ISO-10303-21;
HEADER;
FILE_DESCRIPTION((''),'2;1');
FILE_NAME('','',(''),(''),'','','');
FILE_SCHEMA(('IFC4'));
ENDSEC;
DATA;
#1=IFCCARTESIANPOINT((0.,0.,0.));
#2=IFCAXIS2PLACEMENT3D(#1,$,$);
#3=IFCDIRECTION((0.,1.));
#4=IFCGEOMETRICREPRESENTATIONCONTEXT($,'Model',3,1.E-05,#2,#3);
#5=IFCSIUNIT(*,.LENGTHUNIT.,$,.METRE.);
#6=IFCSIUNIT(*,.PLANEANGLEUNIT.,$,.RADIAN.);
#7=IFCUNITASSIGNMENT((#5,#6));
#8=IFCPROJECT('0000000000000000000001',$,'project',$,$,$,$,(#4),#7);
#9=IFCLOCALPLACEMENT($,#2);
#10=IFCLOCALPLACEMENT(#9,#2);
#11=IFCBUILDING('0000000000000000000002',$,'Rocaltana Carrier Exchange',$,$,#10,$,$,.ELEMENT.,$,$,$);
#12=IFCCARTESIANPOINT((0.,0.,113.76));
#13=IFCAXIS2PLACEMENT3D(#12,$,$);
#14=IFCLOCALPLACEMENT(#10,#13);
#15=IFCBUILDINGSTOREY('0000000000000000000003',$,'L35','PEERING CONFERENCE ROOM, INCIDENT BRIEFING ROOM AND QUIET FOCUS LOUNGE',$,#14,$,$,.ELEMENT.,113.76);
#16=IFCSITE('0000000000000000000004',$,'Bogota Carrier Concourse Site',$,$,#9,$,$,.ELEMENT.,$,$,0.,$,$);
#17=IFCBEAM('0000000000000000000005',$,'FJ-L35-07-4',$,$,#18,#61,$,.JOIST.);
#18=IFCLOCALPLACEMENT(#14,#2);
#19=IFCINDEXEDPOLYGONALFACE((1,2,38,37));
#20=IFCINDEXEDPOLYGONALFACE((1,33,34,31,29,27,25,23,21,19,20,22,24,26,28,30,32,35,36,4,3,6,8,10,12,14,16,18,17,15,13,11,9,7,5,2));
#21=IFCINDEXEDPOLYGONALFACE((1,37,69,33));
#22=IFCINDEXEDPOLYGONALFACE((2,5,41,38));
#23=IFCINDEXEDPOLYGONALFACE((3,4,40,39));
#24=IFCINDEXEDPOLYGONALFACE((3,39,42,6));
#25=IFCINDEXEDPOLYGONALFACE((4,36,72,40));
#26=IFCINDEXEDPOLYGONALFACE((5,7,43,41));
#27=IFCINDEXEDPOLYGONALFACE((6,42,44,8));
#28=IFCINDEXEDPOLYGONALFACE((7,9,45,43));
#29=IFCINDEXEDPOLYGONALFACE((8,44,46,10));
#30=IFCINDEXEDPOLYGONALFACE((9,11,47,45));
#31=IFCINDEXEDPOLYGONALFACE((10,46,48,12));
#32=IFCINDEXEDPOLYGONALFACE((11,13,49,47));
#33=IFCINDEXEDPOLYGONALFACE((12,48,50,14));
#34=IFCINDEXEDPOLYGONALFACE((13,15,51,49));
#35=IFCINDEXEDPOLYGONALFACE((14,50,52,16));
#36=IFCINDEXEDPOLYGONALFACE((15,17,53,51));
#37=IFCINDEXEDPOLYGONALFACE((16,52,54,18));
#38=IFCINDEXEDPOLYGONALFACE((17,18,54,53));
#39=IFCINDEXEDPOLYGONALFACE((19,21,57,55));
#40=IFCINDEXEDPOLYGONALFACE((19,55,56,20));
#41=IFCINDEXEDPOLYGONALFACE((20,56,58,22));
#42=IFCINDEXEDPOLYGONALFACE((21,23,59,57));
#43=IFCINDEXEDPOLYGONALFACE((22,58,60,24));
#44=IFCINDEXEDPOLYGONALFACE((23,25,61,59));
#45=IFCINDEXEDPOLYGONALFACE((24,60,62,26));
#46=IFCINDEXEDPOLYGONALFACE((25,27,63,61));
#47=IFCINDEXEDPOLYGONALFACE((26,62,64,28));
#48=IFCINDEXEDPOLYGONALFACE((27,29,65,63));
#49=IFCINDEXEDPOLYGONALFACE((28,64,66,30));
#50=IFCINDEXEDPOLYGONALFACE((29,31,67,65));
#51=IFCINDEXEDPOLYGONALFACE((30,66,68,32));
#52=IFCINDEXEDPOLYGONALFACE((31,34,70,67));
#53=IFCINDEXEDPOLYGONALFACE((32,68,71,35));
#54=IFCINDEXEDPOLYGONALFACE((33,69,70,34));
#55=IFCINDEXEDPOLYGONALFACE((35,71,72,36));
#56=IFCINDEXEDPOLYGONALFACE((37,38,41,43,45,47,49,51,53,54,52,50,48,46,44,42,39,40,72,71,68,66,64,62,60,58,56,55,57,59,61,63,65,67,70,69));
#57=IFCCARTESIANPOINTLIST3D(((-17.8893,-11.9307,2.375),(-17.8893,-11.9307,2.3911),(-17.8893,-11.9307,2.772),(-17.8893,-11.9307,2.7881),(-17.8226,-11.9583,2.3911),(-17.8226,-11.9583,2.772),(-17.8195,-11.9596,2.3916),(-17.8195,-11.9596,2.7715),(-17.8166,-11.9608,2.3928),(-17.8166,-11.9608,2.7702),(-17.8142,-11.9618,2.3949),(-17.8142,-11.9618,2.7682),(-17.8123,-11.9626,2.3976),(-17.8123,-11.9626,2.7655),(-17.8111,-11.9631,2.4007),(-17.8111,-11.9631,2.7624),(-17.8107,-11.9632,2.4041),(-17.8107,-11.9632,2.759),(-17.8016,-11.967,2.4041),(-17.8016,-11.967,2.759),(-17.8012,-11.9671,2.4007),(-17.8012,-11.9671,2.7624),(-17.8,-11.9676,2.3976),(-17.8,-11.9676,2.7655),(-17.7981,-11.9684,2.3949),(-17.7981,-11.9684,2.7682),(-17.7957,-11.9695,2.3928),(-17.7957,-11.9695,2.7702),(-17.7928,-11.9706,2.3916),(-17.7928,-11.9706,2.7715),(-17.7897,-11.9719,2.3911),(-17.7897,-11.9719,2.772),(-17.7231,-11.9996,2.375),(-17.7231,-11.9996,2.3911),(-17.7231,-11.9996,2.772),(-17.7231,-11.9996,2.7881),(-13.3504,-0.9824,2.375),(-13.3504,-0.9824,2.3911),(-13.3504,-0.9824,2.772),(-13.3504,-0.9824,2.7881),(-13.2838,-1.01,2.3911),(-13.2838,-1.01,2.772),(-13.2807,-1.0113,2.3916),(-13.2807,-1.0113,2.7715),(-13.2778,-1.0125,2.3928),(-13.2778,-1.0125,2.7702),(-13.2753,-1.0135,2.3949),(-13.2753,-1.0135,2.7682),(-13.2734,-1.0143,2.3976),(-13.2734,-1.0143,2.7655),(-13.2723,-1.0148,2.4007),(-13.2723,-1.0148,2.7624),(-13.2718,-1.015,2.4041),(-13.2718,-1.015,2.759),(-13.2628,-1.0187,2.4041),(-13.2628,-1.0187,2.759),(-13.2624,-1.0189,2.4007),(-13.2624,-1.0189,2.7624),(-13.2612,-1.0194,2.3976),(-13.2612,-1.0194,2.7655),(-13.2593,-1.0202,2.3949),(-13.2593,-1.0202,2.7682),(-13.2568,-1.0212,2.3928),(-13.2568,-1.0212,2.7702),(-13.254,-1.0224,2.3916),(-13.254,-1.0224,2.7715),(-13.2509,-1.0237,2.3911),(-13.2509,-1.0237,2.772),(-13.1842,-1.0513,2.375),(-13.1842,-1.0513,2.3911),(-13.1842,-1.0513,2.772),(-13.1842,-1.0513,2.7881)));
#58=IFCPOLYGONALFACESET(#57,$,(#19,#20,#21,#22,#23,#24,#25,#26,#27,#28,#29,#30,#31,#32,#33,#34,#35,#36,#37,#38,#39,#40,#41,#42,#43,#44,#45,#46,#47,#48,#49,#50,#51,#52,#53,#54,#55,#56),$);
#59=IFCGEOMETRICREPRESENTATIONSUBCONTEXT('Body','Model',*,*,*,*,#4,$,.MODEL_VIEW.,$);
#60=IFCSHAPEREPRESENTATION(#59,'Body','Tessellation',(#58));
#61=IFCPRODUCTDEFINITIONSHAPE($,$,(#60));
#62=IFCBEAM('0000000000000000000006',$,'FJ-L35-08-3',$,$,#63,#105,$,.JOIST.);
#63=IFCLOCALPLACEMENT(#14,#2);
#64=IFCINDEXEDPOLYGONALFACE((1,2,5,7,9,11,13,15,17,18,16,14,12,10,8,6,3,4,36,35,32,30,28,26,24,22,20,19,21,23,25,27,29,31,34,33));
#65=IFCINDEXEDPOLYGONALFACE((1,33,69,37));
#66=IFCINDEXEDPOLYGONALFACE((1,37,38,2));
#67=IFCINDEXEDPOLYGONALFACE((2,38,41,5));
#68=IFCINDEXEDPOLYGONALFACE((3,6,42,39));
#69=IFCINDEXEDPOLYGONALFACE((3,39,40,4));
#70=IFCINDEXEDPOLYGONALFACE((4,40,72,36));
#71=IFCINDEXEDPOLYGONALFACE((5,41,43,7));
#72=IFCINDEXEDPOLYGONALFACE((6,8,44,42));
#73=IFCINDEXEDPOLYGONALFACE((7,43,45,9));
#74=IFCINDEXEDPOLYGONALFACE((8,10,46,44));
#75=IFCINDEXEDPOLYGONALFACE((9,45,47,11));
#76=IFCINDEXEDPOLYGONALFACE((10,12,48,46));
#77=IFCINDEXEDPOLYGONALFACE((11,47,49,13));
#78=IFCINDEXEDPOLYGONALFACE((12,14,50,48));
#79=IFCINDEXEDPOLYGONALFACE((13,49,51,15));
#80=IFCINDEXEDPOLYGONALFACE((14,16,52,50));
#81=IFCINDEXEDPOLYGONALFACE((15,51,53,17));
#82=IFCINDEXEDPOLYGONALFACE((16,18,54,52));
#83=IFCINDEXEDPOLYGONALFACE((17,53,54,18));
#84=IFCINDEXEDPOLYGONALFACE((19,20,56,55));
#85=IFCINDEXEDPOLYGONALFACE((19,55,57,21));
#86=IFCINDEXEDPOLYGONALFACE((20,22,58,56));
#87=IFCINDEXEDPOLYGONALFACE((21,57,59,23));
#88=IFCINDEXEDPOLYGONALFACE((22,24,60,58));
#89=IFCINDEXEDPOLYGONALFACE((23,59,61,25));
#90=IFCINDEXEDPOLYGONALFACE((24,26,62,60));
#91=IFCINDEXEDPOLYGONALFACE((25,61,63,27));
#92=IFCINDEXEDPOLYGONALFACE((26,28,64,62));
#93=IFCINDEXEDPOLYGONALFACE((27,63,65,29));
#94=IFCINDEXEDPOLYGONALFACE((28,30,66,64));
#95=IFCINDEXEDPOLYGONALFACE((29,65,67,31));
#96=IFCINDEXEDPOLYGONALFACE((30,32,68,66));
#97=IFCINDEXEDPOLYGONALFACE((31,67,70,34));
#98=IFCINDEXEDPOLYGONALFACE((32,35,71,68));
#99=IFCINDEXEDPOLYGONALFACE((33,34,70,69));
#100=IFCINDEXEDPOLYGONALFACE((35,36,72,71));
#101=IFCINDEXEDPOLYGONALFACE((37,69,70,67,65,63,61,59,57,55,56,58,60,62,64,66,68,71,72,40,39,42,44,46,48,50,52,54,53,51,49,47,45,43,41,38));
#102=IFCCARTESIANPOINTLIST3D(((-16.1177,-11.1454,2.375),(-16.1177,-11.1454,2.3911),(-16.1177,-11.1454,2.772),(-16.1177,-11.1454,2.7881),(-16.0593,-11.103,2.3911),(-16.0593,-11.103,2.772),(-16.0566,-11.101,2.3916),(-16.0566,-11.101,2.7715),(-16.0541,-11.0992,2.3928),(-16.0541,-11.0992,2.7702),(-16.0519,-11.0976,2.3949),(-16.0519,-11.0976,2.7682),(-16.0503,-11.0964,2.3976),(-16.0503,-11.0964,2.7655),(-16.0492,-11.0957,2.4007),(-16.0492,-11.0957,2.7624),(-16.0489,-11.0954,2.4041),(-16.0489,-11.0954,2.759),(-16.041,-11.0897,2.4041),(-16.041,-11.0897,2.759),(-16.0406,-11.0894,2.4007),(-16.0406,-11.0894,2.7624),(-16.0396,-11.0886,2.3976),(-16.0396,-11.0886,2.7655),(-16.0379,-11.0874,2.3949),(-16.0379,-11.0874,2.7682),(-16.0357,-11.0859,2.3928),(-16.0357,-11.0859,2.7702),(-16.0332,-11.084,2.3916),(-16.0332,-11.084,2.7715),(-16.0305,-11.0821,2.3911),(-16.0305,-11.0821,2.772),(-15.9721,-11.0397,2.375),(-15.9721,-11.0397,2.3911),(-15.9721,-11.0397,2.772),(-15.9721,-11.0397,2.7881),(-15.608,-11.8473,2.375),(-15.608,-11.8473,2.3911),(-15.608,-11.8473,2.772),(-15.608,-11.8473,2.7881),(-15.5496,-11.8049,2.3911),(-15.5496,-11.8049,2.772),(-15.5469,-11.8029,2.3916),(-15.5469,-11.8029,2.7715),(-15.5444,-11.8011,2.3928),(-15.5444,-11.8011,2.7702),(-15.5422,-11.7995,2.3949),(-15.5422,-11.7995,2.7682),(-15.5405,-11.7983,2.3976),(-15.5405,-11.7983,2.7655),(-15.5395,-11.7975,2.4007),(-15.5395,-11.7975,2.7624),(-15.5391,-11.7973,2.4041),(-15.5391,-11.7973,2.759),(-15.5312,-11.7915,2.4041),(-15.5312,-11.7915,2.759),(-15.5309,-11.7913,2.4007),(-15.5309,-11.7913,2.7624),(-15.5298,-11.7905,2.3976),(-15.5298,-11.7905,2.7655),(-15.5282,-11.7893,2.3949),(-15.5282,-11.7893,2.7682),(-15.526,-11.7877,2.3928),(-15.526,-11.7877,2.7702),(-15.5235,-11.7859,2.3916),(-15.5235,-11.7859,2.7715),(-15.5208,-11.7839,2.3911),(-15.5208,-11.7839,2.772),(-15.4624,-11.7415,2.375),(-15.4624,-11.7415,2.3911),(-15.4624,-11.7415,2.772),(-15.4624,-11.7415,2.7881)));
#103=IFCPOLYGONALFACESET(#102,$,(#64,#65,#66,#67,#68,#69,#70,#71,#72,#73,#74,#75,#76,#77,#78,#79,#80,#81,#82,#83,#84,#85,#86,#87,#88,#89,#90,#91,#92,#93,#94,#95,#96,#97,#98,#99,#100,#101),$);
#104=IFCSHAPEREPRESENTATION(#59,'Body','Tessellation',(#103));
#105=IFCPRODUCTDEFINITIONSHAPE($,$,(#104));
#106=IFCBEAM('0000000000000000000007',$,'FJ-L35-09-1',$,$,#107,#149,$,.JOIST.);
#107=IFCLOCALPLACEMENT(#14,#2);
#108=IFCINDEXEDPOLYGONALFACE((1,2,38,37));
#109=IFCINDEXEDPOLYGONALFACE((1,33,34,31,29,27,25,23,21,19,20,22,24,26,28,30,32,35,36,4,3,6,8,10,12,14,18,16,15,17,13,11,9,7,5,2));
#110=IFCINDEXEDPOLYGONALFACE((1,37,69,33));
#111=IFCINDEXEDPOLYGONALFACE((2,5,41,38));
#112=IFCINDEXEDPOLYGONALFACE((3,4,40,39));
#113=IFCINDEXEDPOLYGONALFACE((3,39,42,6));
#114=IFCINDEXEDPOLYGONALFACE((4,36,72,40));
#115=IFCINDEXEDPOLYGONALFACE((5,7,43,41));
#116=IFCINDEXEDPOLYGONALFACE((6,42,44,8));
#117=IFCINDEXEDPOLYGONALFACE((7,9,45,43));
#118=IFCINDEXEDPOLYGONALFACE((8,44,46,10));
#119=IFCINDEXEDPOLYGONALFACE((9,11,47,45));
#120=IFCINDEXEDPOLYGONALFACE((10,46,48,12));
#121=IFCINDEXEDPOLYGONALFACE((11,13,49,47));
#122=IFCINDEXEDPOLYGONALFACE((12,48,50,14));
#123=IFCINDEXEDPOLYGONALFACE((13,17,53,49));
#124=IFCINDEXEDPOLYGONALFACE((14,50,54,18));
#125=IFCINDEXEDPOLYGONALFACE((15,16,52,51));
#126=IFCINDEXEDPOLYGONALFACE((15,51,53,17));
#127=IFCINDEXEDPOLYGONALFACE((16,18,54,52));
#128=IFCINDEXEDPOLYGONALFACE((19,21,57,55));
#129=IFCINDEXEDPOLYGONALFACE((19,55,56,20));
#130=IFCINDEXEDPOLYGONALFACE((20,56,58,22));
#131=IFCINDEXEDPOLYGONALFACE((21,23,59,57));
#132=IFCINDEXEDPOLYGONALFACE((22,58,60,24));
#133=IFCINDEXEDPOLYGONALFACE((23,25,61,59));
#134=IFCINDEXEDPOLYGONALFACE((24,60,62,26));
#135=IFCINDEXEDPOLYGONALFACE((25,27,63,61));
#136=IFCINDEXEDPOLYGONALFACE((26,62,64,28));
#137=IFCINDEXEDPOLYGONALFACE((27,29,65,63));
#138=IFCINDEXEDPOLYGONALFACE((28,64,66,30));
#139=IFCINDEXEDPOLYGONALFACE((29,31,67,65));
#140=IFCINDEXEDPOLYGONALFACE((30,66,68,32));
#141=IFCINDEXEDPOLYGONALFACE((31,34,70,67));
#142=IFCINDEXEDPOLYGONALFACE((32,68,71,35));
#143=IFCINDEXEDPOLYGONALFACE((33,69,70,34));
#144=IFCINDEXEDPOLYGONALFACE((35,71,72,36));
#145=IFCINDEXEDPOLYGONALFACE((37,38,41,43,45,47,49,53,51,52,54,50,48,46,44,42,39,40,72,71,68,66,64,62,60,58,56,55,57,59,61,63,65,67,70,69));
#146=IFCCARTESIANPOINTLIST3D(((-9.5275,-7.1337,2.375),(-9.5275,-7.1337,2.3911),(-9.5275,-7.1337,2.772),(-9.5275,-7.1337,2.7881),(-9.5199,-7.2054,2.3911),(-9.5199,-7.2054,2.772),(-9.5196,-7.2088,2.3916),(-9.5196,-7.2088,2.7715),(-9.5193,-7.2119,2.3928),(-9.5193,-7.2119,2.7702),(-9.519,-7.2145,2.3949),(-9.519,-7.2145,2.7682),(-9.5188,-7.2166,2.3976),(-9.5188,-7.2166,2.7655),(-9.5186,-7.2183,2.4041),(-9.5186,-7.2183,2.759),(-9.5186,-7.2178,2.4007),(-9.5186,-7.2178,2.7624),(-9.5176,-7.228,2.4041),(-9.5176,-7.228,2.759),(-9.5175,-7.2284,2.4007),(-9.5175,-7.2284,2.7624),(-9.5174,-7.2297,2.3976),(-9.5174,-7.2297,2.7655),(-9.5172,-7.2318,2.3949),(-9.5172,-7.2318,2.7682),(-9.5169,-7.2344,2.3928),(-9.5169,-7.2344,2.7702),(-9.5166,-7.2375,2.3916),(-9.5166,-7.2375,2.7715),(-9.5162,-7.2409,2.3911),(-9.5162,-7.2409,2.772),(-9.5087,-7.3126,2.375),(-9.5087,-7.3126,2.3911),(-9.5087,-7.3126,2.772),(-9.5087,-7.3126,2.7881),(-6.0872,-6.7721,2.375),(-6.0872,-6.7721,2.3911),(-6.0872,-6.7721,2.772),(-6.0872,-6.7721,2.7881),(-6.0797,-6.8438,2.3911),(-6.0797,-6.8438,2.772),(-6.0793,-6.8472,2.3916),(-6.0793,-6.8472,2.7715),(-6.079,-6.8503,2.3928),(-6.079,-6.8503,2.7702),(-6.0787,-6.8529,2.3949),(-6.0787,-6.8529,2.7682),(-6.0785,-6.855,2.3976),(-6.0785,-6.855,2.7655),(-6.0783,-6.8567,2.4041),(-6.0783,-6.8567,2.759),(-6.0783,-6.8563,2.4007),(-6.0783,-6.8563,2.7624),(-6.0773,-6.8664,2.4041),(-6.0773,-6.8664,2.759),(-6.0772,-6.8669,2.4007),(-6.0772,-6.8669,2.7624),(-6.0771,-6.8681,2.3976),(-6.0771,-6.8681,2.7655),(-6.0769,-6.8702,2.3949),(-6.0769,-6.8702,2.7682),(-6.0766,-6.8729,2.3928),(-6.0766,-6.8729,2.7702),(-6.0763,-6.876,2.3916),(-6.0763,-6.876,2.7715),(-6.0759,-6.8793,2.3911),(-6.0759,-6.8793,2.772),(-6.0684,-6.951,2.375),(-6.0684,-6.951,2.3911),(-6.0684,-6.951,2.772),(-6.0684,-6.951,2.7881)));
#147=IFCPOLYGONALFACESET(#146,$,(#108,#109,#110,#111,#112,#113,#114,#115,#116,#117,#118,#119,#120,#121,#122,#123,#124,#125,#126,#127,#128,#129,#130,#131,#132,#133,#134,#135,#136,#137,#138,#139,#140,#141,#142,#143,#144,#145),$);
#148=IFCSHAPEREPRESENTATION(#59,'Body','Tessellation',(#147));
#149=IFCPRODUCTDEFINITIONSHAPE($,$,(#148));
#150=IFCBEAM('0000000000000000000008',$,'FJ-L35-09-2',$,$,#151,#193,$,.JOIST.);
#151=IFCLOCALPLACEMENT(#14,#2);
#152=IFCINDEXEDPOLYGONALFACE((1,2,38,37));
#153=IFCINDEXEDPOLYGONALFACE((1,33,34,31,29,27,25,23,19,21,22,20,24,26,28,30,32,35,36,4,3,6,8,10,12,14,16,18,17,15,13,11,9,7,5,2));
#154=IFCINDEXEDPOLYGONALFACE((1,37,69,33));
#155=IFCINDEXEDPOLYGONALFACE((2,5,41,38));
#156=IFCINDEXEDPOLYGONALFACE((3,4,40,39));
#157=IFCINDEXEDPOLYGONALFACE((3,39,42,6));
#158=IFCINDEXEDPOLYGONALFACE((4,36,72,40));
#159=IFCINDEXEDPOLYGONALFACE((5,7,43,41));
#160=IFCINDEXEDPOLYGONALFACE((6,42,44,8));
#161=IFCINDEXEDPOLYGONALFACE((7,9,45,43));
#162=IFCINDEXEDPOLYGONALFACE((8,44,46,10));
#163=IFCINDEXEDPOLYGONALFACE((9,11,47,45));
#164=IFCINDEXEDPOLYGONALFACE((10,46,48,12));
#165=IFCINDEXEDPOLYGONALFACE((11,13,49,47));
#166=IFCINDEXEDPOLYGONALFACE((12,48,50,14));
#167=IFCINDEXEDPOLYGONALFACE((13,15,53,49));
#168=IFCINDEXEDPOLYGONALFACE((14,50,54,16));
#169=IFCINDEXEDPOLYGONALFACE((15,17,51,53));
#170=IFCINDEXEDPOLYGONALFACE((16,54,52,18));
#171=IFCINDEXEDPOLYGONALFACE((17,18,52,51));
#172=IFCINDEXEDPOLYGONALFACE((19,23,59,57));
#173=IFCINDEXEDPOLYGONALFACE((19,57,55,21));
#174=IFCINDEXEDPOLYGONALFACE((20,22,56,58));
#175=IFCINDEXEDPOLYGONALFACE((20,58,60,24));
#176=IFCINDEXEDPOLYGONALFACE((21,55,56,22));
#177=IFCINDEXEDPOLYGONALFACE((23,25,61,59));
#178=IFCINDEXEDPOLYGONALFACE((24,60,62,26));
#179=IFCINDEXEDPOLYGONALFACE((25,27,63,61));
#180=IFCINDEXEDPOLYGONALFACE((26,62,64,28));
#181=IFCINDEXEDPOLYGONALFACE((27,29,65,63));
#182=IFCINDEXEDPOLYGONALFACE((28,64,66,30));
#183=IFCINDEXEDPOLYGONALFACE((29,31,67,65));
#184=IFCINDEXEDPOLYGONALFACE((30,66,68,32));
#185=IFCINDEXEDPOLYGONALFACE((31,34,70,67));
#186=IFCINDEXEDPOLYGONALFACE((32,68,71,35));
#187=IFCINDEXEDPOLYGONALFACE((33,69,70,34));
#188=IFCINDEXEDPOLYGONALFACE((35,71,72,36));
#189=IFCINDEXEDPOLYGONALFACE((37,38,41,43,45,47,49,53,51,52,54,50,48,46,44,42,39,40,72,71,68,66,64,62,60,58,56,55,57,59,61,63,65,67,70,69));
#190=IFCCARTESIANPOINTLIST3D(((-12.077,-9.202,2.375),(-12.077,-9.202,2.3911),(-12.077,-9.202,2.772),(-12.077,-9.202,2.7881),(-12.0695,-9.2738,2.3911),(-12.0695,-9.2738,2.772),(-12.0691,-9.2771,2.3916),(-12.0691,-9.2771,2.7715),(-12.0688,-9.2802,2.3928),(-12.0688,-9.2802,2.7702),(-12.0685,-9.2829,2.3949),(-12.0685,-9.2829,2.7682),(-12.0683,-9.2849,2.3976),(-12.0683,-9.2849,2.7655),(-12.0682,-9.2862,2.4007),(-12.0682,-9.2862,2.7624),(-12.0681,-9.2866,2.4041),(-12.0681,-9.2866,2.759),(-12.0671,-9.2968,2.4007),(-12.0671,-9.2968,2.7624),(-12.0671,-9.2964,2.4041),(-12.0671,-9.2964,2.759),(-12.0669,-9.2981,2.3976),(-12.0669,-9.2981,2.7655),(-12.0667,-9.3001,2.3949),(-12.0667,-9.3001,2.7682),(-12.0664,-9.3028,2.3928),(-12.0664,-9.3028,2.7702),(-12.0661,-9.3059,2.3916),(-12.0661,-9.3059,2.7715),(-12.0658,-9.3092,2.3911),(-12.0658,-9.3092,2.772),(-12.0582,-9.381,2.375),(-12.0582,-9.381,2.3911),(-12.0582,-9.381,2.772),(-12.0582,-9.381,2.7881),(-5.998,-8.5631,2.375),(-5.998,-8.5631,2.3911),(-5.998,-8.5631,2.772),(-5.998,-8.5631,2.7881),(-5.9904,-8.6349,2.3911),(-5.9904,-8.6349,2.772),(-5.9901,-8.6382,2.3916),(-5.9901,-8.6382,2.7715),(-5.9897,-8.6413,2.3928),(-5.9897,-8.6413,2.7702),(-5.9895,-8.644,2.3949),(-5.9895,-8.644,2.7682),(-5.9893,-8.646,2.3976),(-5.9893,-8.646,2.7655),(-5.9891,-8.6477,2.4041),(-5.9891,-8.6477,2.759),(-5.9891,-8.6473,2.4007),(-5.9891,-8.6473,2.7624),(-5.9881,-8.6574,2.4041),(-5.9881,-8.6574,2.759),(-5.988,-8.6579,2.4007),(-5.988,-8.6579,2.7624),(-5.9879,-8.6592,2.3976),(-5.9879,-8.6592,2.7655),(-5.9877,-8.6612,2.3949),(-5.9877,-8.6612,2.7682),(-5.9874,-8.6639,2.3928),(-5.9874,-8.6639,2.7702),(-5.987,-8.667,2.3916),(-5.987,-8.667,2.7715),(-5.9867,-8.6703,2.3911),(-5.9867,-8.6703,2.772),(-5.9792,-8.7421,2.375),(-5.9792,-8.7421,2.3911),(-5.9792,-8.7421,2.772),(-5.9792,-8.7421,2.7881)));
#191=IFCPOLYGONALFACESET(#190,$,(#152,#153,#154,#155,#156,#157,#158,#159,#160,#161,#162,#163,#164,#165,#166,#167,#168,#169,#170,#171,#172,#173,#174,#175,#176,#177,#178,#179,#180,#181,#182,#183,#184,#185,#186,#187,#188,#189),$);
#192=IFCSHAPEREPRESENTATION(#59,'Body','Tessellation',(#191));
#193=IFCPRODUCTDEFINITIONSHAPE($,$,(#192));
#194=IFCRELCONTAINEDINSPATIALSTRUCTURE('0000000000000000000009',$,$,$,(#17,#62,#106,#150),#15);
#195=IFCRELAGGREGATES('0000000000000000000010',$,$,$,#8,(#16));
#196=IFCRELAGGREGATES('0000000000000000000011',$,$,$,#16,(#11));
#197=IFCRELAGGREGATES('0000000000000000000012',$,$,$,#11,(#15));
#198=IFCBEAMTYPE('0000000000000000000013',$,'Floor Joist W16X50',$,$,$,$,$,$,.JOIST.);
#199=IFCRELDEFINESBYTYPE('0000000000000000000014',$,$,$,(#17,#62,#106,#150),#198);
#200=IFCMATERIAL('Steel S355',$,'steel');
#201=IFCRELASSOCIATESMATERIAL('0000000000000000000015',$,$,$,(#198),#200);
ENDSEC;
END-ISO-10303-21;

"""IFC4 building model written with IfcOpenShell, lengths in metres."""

from ifc_helpers import new_model, si_unit, direction, frame, origin, origin_2d, place, context, subcontext, project, spatial, i_section, extrude, material, material_profile, profile_set, type_object, element, save


model = new_model("IFC4")

# Units and contexts
model_context = context("Model", 3, precision=1e-05, world=origin(), true_north=direction((0.0, 1.0)))
body_context = subcontext(model_context, "Body", "Model", "MODEL_VIEW")
ifc_project = project(units=[si_unit("LENGTHUNIT", "METRE"), si_unit("PLANEANGLEUNIT", "RADIAN")], contexts=[model_context])

# Site, building, storey
site_placement = place(None, origin())
site = spatial("IfcSite", under=ifc_project, at=site_placement, Name="Bogota Carrier Concourse Site", CompositionType="ELEMENT", RefElevation=0.0)
building_placement = place(site_placement, origin())
building = spatial("IfcBuilding", under=site, at=building_placement, Name="Rocaltana Carrier Exchange", CompositionType="ELEMENT")
storey_placement = place(building_placement, frame((0.0, 0.0, 113.76)))
storey = spatial("IfcBuildingStorey", under=building, at=storey_placement, Name="L35", Description="PEERING CONFERENCE ROOM, INCIDENT BRIEFING ROOM AND QUIET FOCUS LOUNGE", CompositionType="ELEMENT", Elevation=113.76)

# Beams
ifc_material_1 = material(Name="Steel S355", Category="steel")
ifc_material_profile_1 = material_profile(ifc_material_1, i_section(OverallWidth=0.1799, OverallDepth=0.4131, WebThickness=0.0098, FlangeThickness=0.0161, FilletRadius=0.0129, at=origin_2d()), Name="W16X50")
ifc_profile_set_1 = profile_set([ifc_material_profile_1], Name="Steel S355")
beam_type_1 = type_object("IfcBeamType", Name="Floor Joist W16X50", PredefinedType="JOIST", material=ifc_profile_set_1)
beam_1_placement = place(storey_placement, frame((-13.2673, -1.0168, 2.5815), z_axis=(-0.382965, -0.923763, 0.0), x_axis=(0.923763, -0.382965, 0.0)))
element("IfcBeam", 1, at=beam_1_placement, inside=storey, type_object=beam_type_1, Name="FJ-L35-07-4", PredefinedType="JOIST", context=body_context, shape_type="SweptSolid", body=[
    extrude(i_section(OverallWidth=0.1799, OverallDepth=0.4131, WebThickness=0.0098, FlangeThickness=0.0161, FilletRadius=0.0129, at=origin_2d()), origin(), (0.0, 0.0, 1.0), 11.8518),
])
beam_2_placement = place(storey_placement, frame((-16.0449, -11.0925, 2.5815), z_axis=(0.587636, -0.809125, 0.0), x_axis=(0.809125, 0.587636, 0.0)))
element("IfcBeam", 2, at=beam_2_placement, inside=storey, type_object=beam_type_1, Name="FJ-L35-08-3", PredefinedType="JOIST", context=body_context, shape_type="SweptSolid", body=[
    extrude(i_section(OverallWidth=0.1799, OverallDepth=0.4131, WebThickness=0.0098, FlangeThickness=0.0161, FilletRadius=0.0129, at=origin_2d()), origin(), (0.0, 0.0, 1.0), 0.8674),
])
beam_3_placement = place(storey_placement, frame((-9.5181, -7.2231, 2.5815), z_axis=(0.994522, 0.104527, 0.0), x_axis=(-0.104527, 0.994522, 0.0)))
element("IfcBeam", 3, at=beam_3_placement, inside=storey, type_object=beam_type_1, Name="FJ-L35-09-1", PredefinedType="JOIST", context=body_context, shape_type="SweptSolid", body=[
    extrude(i_section(OverallWidth=0.1799, OverallDepth=0.4131, WebThickness=0.0098, FlangeThickness=0.0161, FilletRadius=0.0129, at=origin_2d()), origin(), (0.0, 0.0, 1.0), 3.4592),
])
beam_4_placement = place(storey_placement, frame((-12.0676, -9.2915, 2.5815), z_axis=(0.994522, 0.104525, 0.0), x_axis=(-0.104525, 0.994522, 0.0)))
element("IfcBeam", 4, at=beam_4_placement, inside=storey, type_object=beam_type_1, Name="FJ-L35-09-2", PredefinedType="JOIST", context=body_context, shape_type="SweptSolid", body=[
    extrude(i_section(OverallWidth=0.1799, OverallDepth=0.4131, WebThickness=0.0098, FlangeThickness=0.0161, FilletRadius=0.0129, at=origin_2d()), origin(), (0.0, 0.0, 1.0), 6.1125),
])

save(model, "model.ifc")
